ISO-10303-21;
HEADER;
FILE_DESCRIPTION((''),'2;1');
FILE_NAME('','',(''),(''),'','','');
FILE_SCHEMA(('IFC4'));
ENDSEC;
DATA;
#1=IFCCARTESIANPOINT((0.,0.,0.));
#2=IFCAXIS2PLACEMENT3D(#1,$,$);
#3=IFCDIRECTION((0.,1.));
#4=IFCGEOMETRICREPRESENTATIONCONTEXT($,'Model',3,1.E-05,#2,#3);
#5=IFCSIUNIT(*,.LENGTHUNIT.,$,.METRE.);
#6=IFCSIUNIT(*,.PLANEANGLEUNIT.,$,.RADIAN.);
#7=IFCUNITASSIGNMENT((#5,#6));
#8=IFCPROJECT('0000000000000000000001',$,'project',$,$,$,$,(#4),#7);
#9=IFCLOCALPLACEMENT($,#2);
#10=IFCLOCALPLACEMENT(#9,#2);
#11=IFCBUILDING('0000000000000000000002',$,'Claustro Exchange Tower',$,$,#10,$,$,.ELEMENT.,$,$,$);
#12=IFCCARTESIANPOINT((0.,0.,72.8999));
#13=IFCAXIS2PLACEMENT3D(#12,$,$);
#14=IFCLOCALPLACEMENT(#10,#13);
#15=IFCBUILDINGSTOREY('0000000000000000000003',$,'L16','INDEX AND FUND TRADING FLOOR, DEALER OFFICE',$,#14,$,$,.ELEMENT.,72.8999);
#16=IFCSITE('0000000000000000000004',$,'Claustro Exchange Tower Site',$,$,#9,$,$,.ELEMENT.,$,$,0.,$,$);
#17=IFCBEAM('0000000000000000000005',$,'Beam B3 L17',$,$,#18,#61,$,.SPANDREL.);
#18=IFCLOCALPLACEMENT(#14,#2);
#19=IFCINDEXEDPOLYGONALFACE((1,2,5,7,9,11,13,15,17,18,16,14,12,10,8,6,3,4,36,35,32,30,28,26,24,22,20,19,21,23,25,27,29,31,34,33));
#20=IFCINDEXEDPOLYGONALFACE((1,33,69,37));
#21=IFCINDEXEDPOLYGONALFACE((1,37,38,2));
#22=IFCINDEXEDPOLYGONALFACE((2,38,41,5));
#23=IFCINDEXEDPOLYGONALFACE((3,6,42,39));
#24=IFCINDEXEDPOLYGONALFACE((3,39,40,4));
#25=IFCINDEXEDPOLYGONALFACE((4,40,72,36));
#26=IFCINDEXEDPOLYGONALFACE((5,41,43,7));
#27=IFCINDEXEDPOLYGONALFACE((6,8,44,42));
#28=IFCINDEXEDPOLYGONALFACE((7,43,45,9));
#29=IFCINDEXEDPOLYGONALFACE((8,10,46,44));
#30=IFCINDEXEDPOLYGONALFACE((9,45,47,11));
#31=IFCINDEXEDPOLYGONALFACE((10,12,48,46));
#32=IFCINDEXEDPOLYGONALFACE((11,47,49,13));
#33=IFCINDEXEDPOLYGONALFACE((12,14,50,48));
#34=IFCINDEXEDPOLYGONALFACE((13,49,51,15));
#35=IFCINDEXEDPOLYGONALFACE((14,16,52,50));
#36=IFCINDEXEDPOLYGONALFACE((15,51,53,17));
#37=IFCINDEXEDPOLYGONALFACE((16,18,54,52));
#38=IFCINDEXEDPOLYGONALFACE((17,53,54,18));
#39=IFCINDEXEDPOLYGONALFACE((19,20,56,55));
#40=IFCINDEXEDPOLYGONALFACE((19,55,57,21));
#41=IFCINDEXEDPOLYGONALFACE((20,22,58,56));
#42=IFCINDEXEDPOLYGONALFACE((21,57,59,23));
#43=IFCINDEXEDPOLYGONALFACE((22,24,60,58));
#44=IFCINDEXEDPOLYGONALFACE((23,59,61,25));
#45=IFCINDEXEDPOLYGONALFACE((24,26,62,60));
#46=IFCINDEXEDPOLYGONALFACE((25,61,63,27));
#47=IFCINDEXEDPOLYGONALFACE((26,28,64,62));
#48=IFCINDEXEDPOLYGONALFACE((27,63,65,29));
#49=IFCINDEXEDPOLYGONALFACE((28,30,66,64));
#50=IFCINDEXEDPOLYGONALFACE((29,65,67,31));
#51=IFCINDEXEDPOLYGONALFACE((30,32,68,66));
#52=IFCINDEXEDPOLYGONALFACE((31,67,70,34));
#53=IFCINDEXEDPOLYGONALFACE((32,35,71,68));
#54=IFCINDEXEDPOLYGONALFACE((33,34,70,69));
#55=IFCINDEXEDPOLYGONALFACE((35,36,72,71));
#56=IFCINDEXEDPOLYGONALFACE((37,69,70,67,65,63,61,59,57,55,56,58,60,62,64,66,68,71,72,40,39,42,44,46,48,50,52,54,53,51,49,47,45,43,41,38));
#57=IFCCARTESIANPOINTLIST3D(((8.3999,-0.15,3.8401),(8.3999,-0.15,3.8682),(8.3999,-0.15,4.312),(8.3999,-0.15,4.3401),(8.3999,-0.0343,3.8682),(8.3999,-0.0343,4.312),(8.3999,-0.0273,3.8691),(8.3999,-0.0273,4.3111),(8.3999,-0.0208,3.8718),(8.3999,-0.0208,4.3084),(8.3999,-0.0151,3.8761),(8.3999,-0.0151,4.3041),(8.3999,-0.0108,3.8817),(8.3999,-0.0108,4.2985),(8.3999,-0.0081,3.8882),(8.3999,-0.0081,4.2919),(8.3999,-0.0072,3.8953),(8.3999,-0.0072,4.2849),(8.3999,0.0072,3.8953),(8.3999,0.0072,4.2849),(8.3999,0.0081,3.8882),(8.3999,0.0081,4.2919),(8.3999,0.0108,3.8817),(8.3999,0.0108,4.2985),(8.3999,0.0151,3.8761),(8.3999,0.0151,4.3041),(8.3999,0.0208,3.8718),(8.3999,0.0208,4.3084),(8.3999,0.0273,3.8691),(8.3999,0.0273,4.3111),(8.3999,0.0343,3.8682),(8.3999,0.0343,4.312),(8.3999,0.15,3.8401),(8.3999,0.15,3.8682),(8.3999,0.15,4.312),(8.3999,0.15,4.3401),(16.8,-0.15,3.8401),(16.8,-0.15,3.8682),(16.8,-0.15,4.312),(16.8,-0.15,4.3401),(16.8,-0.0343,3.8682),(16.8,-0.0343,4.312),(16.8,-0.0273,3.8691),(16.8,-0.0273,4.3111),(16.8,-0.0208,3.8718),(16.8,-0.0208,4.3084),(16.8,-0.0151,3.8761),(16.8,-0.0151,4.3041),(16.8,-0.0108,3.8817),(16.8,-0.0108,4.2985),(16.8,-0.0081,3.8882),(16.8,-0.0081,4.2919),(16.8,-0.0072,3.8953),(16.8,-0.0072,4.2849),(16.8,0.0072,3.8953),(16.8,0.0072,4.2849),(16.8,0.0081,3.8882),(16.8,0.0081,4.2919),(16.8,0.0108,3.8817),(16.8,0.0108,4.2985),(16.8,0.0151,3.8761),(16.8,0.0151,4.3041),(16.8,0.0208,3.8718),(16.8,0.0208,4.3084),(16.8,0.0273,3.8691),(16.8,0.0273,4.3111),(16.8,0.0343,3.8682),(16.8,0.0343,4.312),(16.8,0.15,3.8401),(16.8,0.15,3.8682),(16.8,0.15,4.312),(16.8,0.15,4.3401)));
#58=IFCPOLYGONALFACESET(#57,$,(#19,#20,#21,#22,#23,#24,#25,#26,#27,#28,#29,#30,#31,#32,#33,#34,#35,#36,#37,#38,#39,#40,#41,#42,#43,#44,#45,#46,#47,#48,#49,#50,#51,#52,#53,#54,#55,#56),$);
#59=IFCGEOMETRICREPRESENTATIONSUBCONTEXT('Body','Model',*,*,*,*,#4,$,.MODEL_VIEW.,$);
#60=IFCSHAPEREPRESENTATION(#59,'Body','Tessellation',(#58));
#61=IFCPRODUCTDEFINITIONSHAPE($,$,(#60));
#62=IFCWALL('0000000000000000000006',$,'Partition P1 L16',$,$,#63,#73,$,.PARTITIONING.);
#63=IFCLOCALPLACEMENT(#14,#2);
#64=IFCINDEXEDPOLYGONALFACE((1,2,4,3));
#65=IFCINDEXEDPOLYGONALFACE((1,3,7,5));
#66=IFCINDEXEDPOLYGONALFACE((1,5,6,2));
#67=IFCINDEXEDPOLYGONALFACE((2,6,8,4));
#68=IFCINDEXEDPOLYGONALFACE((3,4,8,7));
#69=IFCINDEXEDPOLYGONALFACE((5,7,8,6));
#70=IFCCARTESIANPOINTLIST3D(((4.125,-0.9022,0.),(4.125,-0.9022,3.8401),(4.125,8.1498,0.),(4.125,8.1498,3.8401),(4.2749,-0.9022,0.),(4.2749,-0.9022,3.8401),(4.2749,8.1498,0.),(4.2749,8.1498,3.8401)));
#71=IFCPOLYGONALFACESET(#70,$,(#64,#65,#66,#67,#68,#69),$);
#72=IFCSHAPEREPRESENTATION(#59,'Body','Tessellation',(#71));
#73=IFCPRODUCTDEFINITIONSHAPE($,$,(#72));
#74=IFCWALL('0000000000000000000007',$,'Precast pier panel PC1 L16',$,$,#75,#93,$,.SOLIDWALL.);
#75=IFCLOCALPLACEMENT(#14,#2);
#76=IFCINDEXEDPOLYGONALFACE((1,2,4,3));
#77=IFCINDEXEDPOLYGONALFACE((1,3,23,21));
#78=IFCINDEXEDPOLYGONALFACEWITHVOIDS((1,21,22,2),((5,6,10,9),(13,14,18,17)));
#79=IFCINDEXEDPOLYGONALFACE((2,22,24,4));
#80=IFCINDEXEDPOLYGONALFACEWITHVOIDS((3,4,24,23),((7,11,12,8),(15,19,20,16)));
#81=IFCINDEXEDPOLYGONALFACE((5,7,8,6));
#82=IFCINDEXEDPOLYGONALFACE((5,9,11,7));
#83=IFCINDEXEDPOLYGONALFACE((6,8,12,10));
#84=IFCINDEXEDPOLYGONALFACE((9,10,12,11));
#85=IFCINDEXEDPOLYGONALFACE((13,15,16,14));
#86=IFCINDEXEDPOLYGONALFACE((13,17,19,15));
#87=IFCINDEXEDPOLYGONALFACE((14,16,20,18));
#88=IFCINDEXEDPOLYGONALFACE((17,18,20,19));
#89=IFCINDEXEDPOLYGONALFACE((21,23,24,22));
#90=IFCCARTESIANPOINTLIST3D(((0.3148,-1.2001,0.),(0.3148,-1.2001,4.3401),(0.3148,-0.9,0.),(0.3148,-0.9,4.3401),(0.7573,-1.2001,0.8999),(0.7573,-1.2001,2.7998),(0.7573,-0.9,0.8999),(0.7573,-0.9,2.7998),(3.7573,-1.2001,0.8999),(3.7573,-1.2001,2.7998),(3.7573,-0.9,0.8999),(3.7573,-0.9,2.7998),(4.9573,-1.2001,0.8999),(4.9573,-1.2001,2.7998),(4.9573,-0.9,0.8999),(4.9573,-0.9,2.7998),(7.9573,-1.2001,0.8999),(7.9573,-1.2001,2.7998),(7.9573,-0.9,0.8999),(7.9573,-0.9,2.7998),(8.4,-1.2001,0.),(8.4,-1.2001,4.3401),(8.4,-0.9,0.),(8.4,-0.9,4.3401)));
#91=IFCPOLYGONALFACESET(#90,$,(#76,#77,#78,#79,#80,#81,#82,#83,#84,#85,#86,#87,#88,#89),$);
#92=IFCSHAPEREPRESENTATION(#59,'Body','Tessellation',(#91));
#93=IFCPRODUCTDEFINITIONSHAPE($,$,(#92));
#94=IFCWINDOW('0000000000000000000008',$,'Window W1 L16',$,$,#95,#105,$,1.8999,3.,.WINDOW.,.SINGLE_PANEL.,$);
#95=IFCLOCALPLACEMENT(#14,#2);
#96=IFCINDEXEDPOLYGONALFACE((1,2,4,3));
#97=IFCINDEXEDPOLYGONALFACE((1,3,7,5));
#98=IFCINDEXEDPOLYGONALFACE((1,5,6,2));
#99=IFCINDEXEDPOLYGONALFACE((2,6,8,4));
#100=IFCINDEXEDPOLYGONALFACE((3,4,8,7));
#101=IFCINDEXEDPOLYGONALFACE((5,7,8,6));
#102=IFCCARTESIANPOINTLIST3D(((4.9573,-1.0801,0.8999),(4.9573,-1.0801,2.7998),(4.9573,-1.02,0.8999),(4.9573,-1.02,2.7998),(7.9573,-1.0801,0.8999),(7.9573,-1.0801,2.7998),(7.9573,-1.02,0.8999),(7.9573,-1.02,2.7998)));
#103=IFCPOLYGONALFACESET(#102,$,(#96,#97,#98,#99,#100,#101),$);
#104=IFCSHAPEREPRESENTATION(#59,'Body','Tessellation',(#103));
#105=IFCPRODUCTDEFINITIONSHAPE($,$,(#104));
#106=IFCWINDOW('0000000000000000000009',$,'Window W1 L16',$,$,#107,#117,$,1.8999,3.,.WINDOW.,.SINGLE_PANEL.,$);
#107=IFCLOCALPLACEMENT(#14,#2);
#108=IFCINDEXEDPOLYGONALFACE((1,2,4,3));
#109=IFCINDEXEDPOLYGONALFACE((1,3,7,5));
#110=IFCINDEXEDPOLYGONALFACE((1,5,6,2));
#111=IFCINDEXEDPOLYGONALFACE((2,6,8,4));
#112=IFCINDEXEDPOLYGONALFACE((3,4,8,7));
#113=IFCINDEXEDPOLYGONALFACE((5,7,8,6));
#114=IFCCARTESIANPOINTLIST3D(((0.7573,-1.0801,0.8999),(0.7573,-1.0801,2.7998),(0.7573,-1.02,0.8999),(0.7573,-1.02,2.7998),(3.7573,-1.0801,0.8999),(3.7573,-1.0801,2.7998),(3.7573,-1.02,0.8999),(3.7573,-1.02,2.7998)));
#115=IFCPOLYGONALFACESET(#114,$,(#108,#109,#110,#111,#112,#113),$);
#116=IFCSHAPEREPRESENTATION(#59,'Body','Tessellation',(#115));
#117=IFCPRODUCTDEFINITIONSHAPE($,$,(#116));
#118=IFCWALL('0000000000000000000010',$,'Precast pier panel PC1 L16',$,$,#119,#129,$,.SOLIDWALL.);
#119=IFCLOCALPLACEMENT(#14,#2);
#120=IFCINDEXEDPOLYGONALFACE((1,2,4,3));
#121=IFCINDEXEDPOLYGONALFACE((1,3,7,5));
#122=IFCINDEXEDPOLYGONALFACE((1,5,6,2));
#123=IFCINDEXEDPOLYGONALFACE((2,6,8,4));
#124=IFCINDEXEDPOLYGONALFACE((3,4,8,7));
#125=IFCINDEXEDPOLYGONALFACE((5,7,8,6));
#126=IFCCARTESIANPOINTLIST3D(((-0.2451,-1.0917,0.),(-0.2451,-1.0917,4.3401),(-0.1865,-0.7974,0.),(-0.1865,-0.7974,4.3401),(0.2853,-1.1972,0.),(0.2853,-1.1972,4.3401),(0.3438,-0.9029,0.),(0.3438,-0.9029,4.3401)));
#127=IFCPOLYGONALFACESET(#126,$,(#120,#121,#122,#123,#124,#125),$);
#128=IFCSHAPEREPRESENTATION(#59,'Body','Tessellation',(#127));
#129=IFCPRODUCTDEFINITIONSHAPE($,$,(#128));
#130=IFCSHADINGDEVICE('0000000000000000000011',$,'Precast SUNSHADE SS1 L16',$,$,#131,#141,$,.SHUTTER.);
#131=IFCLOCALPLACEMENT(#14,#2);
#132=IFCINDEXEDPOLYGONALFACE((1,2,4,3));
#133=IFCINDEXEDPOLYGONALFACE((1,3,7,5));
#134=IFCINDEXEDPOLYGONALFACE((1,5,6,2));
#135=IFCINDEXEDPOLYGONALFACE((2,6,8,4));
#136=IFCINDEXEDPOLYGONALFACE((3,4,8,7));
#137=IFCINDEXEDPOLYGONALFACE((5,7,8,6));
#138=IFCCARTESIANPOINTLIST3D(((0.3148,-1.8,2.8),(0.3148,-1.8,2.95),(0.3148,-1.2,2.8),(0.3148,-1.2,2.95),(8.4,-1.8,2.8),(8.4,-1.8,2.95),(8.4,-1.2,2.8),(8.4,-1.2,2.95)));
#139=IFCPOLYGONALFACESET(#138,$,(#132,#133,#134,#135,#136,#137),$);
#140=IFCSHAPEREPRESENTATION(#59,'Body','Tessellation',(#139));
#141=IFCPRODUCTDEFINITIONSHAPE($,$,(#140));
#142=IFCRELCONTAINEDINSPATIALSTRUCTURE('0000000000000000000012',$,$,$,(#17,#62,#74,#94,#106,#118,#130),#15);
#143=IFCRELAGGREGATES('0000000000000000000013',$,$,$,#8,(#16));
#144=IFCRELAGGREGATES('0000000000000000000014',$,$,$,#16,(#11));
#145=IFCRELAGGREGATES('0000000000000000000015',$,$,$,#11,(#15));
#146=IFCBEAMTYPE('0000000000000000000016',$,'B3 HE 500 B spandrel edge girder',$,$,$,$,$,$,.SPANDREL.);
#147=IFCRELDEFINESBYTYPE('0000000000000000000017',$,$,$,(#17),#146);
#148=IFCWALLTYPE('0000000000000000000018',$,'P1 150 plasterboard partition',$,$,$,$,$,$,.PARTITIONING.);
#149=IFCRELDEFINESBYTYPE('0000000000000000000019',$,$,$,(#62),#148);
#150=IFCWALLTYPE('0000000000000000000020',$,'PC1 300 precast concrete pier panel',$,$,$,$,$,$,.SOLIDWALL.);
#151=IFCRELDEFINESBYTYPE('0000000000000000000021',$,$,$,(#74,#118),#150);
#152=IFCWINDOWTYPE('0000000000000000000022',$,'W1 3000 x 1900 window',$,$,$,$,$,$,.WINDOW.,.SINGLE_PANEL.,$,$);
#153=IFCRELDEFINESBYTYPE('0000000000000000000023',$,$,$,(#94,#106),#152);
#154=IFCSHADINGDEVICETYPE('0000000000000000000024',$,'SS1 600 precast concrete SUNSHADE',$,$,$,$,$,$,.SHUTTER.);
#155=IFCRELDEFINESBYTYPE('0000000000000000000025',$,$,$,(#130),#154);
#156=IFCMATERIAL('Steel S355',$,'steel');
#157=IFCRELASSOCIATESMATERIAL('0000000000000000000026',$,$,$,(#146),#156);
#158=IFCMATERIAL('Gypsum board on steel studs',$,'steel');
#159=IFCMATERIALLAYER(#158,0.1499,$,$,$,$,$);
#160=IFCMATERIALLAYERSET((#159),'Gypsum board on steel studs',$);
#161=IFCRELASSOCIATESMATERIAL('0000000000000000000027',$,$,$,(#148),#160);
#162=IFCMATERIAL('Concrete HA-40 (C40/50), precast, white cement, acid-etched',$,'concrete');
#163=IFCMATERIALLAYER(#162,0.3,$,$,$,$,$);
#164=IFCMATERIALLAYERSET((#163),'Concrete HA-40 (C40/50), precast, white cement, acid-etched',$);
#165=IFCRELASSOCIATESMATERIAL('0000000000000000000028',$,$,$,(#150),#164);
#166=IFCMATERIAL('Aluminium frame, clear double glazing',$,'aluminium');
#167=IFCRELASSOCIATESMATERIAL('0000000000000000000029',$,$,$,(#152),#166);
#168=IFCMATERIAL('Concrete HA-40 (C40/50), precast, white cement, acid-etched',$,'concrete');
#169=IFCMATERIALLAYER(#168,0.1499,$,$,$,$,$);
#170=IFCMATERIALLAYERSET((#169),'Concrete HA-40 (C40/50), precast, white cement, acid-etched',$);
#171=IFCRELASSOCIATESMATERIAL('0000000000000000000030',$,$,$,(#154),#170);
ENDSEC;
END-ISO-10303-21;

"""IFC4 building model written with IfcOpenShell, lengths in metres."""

from ifc_helpers import new_model, si_unit, direction, frame, frame_2d, origin, origin_2d, place, context, subcontext, project, spatial, rectangle, i_section, extrude, material, layer, layer_set, material_profile, profile_set, type_object, element, fill, save


model = new_model("IFC4")

# Units and contexts
model_context = context("Model", 3, precision=1e-05, world=origin(), true_north=direction((0.0, 1.0)))
body_context = subcontext(model_context, "Body", "Model", "MODEL_VIEW")
ifc_project = project(units=[si_unit("LENGTHUNIT", "METRE"), si_unit("PLANEANGLEUNIT", "RADIAN")], contexts=[model_context])

# Site, building, storey
site_placement = place(None, origin())
site = spatial("IfcSite", under=ifc_project, at=site_placement, Name="Claustro Exchange Tower Site", CompositionType="ELEMENT", RefElevation=0.0)
building_placement = place(site_placement, origin())
building = spatial("IfcBuilding", under=site, at=building_placement, Name="Claustro Exchange Tower", CompositionType="ELEMENT")
storey_placement = place(building_placement, frame((0.0, 0.0, 72.8999)))
storey = spatial("IfcBuildingStorey", under=building, at=storey_placement, Name="L16", Description="INDEX AND FUND TRADING FLOOR, DEALER OFFICE", CompositionType="ELEMENT", Elevation=72.8999)

# Beam
ifc_material_1 = material(Name="Steel S355", Category="steel")
ifc_material_profile_1 = material_profile(ifc_material_1, i_section(OverallWidth=0.3, OverallDepth=0.5, WebThickness=0.0144, FlangeThickness=0.0281, FilletRadius=0.0271, at=origin_2d()), Name="HE 500 B")
ifc_profile_set_1 = profile_set([ifc_material_profile_1], Name="Steel S355")
beam_type_1 = type_object("IfcBeamType", Name="B3 HE 500 B spandrel edge girder", PredefinedType="SPANDREL", material=ifc_profile_set_1)
beam_1_placement = place(storey_placement, frame((8.3999, 0.0, 4.0901), z_axis=(1.0, 0.0, 0.0), x_axis=(0.0, 1.0, 0.0)))
element("IfcBeam", 1, at=beam_1_placement, inside=storey, type_object=beam_type_1, Name="Beam B3 L17", PredefinedType="SPANDREL", context=body_context, shape_type="SweptSolid", body=[
    extrude(i_section(OverallWidth=0.3, OverallDepth=0.5, WebThickness=0.0144, FlangeThickness=0.0281, FilletRadius=0.0271, at=origin_2d()), origin(), (0.0, 0.0, 1.0), 8.4001),
])

# Wall
ifc_material_2 = material(Name="Gypsum board on steel studs", Category="steel")
ifc_layer_1 = layer(ifc_material_2, 0.1499)
ifc_layer_set_1 = layer_set([ifc_layer_1], Name="Gypsum board on steel studs")
wall_type_1 = type_object("IfcWallType", Name="P1 150 plasterboard partition", PredefinedType="PARTITIONING", material=ifc_layer_set_1)
wall_1_placement = place(storey_placement, frame((4.2, -0.9021, 0.0), z_axis=(0.0, 0.0, 1.0), x_axis=(0.0, 1.0, 0.0)))
element("IfcWall", 2, at=wall_1_placement, inside=storey, type_object=wall_type_1, Name="Partition P1 L16", PredefinedType="PARTITIONING", context=body_context, shape_type="SweptSolid", body=[
    extrude(rectangle(XDim=9.052, YDim=0.1499, at=frame_2d((4.5259, 0.0))), origin(), (0.0, 0.0, 1.0), 3.8401),
])

# Wall, openings, windows
ifc_material_3 = material(Name="Concrete HA-40 (C40/50), precast, white cement, acid-etched", Category="concrete")
ifc_layer_2 = layer(ifc_material_3, 0.3)
ifc_layer_set_2 = layer_set([ifc_layer_2], Name="Concrete HA-40 (C40/50), precast, white cement, acid-etched")
wall_type_2 = type_object("IfcWallType", Name="PC1 300 precast concrete pier panel", PredefinedType="SOLIDWALL", material=ifc_layer_set_2)
wall_2_placement = place(storey_placement, frame((8.3999, -1.05, 0.0), z_axis=(0.0, 0.0, 1.0), x_axis=(-1.0, 0.0, 0.0)))
wall_2 = element("IfcWall", 3, at=wall_2_placement, inside=storey, type_object=wall_type_2, Name="Precast pier panel PC1 L16", PredefinedType="SOLIDWALL", context=body_context, shape_type="SweptSolid", body=[
    extrude(rectangle(XDim=8.0852, YDim=0.3, at=frame_2d((4.0425, 0.0))), origin(), (0.0, 0.0, 1.0), 4.3401),
])
opening_1_placement = place(wall_2_placement, frame((0.4426, 0.0, 0.8999)))
opening_1 = element("IfcOpeningElement", 4, at=opening_1_placement, cuts=wall_2, PredefinedType="OPENING", context=body_context, shape_type="SweptSolid", body=[
    extrude(rectangle(XDim=3.0, YDim=1.8999, at=frame_2d((1.5, 0.95))), frame((0.0, 0.1599, 0.0), z_axis=(0.0, -1.0, 0.0), x_axis=(1.0, 0.0, 0.0)), (0.0, 0.0, 1.0), 0.3201),
])
opening_2_placement = place(wall_2_placement, frame((4.6426, 0.0, 0.8999)))
opening_2 = element("IfcOpeningElement", 5, at=opening_2_placement, cuts=wall_2, PredefinedType="OPENING", context=body_context, shape_type="SweptSolid", body=[
    extrude(rectangle(XDim=3.0, YDim=1.8999, at=frame_2d((1.5, 0.95))), frame((0.0, 0.1599, 0.0), z_axis=(0.0, -1.0, 0.0), x_axis=(1.0, 0.0, 0.0)), (0.0, 0.0, 1.0), 0.3201),
])
ifc_material_4 = material(Name="Aluminium frame, clear double glazing", Category="aluminium")
window_type = type_object("IfcWindowType", Name="W1 3000 x 1900 window", PartitioningType="SINGLE_PANEL", PredefinedType="WINDOW", material=ifc_material_4)
window_1_placement = place(opening_1_placement, origin())
window_1 = element("IfcWindow", 6, at=window_1_placement, inside=storey, type_object=window_type, Name="Window W1 L16", OverallHeight=1.8999, OverallWidth=3.0, PartitioningType="SINGLE_PANEL", PredefinedType="WINDOW", context=body_context, shape_type="SweptSolid", body=[
    extrude(rectangle(XDim=3.0, YDim=1.8999, at=frame_2d((1.5, 0.95))), frame((0.0, 0.03, 0.0), z_axis=(0.0, -1.0, 0.0), x_axis=(1.0, 0.0, 0.0)), (0.0, 0.0, 1.0), 0.0601),
])
fill(opening_1, window_1)
window_2_placement = place(opening_2_placement, origin())
window_2 = element("IfcWindow", 7, at=window_2_placement, inside=storey, type_object=window_type, Name="Window W1 L16", OverallHeight=1.8999, OverallWidth=3.0, PartitioningType="SINGLE_PANEL", PredefinedType="WINDOW", context=body_context, shape_type="SweptSolid", body=[
    extrude(rectangle(XDim=3.0, YDim=1.8999, at=frame_2d((1.5, 0.95))), frame((0.0, 0.03, 0.0), z_axis=(0.0, -1.0, 0.0), x_axis=(1.0, 0.0, 0.0)), (0.0, 0.0, 1.0), 0.0601),
])
fill(opening_2, window_2)

# Wall
wall_3_placement = place(storey_placement, frame((0.3147, -1.05, 0.0), z_axis=(0.0, 0.0, 1.0), x_axis=(-0.980789, 0.195074, 0.0)))
element("IfcWall", 8, at=wall_3_placement, inside=storey, type_object=wall_type_2, Name="Precast pier panel PC1 L16", PredefinedType="SOLIDWALL", context=body_context, shape_type="SweptSolid", body=[
    extrude(rectangle(XDim=0.5408, YDim=0.3, at=frame_2d((0.2705, 0.0))), origin(), (0.0, 0.0, 1.0), 4.3401),
])

# Shading device
ifc_material_5 = material(Name="Concrete HA-40 (C40/50), precast, white cement, acid-etched", Category="concrete")
ifc_layer_3 = layer(ifc_material_5, 0.1499)
ifc_layer_set_3 = layer_set([ifc_layer_3], Name="Concrete HA-40 (C40/50), precast, white cement, acid-etched")
shading_device_type = type_object("IfcShadingDeviceType", Name="SS1 600 precast concrete SUNSHADE", PredefinedType="SHUTTER", material=ifc_layer_set_3)
shading_device_placement = place(storey_placement, frame((4.3574, -1.5, 2.8), z_axis=(0.0, 0.0, 1.0), x_axis=(-1.0, 0.0, 0.0)))
element("IfcShadingDevice", 9, at=shading_device_placement, inside=storey, type_object=shading_device_type, Name="Precast SUNSHADE SS1 L16", PredefinedType="SHUTTER", context=body_context, shape_type="SweptSolid", body=[
    extrude(rectangle(XDim=8.0852, YDim=0.6001, at=origin_2d()), origin(), (0.0, 0.0, 1.0), 0.1499),
])

save(model, "model.ifc")
